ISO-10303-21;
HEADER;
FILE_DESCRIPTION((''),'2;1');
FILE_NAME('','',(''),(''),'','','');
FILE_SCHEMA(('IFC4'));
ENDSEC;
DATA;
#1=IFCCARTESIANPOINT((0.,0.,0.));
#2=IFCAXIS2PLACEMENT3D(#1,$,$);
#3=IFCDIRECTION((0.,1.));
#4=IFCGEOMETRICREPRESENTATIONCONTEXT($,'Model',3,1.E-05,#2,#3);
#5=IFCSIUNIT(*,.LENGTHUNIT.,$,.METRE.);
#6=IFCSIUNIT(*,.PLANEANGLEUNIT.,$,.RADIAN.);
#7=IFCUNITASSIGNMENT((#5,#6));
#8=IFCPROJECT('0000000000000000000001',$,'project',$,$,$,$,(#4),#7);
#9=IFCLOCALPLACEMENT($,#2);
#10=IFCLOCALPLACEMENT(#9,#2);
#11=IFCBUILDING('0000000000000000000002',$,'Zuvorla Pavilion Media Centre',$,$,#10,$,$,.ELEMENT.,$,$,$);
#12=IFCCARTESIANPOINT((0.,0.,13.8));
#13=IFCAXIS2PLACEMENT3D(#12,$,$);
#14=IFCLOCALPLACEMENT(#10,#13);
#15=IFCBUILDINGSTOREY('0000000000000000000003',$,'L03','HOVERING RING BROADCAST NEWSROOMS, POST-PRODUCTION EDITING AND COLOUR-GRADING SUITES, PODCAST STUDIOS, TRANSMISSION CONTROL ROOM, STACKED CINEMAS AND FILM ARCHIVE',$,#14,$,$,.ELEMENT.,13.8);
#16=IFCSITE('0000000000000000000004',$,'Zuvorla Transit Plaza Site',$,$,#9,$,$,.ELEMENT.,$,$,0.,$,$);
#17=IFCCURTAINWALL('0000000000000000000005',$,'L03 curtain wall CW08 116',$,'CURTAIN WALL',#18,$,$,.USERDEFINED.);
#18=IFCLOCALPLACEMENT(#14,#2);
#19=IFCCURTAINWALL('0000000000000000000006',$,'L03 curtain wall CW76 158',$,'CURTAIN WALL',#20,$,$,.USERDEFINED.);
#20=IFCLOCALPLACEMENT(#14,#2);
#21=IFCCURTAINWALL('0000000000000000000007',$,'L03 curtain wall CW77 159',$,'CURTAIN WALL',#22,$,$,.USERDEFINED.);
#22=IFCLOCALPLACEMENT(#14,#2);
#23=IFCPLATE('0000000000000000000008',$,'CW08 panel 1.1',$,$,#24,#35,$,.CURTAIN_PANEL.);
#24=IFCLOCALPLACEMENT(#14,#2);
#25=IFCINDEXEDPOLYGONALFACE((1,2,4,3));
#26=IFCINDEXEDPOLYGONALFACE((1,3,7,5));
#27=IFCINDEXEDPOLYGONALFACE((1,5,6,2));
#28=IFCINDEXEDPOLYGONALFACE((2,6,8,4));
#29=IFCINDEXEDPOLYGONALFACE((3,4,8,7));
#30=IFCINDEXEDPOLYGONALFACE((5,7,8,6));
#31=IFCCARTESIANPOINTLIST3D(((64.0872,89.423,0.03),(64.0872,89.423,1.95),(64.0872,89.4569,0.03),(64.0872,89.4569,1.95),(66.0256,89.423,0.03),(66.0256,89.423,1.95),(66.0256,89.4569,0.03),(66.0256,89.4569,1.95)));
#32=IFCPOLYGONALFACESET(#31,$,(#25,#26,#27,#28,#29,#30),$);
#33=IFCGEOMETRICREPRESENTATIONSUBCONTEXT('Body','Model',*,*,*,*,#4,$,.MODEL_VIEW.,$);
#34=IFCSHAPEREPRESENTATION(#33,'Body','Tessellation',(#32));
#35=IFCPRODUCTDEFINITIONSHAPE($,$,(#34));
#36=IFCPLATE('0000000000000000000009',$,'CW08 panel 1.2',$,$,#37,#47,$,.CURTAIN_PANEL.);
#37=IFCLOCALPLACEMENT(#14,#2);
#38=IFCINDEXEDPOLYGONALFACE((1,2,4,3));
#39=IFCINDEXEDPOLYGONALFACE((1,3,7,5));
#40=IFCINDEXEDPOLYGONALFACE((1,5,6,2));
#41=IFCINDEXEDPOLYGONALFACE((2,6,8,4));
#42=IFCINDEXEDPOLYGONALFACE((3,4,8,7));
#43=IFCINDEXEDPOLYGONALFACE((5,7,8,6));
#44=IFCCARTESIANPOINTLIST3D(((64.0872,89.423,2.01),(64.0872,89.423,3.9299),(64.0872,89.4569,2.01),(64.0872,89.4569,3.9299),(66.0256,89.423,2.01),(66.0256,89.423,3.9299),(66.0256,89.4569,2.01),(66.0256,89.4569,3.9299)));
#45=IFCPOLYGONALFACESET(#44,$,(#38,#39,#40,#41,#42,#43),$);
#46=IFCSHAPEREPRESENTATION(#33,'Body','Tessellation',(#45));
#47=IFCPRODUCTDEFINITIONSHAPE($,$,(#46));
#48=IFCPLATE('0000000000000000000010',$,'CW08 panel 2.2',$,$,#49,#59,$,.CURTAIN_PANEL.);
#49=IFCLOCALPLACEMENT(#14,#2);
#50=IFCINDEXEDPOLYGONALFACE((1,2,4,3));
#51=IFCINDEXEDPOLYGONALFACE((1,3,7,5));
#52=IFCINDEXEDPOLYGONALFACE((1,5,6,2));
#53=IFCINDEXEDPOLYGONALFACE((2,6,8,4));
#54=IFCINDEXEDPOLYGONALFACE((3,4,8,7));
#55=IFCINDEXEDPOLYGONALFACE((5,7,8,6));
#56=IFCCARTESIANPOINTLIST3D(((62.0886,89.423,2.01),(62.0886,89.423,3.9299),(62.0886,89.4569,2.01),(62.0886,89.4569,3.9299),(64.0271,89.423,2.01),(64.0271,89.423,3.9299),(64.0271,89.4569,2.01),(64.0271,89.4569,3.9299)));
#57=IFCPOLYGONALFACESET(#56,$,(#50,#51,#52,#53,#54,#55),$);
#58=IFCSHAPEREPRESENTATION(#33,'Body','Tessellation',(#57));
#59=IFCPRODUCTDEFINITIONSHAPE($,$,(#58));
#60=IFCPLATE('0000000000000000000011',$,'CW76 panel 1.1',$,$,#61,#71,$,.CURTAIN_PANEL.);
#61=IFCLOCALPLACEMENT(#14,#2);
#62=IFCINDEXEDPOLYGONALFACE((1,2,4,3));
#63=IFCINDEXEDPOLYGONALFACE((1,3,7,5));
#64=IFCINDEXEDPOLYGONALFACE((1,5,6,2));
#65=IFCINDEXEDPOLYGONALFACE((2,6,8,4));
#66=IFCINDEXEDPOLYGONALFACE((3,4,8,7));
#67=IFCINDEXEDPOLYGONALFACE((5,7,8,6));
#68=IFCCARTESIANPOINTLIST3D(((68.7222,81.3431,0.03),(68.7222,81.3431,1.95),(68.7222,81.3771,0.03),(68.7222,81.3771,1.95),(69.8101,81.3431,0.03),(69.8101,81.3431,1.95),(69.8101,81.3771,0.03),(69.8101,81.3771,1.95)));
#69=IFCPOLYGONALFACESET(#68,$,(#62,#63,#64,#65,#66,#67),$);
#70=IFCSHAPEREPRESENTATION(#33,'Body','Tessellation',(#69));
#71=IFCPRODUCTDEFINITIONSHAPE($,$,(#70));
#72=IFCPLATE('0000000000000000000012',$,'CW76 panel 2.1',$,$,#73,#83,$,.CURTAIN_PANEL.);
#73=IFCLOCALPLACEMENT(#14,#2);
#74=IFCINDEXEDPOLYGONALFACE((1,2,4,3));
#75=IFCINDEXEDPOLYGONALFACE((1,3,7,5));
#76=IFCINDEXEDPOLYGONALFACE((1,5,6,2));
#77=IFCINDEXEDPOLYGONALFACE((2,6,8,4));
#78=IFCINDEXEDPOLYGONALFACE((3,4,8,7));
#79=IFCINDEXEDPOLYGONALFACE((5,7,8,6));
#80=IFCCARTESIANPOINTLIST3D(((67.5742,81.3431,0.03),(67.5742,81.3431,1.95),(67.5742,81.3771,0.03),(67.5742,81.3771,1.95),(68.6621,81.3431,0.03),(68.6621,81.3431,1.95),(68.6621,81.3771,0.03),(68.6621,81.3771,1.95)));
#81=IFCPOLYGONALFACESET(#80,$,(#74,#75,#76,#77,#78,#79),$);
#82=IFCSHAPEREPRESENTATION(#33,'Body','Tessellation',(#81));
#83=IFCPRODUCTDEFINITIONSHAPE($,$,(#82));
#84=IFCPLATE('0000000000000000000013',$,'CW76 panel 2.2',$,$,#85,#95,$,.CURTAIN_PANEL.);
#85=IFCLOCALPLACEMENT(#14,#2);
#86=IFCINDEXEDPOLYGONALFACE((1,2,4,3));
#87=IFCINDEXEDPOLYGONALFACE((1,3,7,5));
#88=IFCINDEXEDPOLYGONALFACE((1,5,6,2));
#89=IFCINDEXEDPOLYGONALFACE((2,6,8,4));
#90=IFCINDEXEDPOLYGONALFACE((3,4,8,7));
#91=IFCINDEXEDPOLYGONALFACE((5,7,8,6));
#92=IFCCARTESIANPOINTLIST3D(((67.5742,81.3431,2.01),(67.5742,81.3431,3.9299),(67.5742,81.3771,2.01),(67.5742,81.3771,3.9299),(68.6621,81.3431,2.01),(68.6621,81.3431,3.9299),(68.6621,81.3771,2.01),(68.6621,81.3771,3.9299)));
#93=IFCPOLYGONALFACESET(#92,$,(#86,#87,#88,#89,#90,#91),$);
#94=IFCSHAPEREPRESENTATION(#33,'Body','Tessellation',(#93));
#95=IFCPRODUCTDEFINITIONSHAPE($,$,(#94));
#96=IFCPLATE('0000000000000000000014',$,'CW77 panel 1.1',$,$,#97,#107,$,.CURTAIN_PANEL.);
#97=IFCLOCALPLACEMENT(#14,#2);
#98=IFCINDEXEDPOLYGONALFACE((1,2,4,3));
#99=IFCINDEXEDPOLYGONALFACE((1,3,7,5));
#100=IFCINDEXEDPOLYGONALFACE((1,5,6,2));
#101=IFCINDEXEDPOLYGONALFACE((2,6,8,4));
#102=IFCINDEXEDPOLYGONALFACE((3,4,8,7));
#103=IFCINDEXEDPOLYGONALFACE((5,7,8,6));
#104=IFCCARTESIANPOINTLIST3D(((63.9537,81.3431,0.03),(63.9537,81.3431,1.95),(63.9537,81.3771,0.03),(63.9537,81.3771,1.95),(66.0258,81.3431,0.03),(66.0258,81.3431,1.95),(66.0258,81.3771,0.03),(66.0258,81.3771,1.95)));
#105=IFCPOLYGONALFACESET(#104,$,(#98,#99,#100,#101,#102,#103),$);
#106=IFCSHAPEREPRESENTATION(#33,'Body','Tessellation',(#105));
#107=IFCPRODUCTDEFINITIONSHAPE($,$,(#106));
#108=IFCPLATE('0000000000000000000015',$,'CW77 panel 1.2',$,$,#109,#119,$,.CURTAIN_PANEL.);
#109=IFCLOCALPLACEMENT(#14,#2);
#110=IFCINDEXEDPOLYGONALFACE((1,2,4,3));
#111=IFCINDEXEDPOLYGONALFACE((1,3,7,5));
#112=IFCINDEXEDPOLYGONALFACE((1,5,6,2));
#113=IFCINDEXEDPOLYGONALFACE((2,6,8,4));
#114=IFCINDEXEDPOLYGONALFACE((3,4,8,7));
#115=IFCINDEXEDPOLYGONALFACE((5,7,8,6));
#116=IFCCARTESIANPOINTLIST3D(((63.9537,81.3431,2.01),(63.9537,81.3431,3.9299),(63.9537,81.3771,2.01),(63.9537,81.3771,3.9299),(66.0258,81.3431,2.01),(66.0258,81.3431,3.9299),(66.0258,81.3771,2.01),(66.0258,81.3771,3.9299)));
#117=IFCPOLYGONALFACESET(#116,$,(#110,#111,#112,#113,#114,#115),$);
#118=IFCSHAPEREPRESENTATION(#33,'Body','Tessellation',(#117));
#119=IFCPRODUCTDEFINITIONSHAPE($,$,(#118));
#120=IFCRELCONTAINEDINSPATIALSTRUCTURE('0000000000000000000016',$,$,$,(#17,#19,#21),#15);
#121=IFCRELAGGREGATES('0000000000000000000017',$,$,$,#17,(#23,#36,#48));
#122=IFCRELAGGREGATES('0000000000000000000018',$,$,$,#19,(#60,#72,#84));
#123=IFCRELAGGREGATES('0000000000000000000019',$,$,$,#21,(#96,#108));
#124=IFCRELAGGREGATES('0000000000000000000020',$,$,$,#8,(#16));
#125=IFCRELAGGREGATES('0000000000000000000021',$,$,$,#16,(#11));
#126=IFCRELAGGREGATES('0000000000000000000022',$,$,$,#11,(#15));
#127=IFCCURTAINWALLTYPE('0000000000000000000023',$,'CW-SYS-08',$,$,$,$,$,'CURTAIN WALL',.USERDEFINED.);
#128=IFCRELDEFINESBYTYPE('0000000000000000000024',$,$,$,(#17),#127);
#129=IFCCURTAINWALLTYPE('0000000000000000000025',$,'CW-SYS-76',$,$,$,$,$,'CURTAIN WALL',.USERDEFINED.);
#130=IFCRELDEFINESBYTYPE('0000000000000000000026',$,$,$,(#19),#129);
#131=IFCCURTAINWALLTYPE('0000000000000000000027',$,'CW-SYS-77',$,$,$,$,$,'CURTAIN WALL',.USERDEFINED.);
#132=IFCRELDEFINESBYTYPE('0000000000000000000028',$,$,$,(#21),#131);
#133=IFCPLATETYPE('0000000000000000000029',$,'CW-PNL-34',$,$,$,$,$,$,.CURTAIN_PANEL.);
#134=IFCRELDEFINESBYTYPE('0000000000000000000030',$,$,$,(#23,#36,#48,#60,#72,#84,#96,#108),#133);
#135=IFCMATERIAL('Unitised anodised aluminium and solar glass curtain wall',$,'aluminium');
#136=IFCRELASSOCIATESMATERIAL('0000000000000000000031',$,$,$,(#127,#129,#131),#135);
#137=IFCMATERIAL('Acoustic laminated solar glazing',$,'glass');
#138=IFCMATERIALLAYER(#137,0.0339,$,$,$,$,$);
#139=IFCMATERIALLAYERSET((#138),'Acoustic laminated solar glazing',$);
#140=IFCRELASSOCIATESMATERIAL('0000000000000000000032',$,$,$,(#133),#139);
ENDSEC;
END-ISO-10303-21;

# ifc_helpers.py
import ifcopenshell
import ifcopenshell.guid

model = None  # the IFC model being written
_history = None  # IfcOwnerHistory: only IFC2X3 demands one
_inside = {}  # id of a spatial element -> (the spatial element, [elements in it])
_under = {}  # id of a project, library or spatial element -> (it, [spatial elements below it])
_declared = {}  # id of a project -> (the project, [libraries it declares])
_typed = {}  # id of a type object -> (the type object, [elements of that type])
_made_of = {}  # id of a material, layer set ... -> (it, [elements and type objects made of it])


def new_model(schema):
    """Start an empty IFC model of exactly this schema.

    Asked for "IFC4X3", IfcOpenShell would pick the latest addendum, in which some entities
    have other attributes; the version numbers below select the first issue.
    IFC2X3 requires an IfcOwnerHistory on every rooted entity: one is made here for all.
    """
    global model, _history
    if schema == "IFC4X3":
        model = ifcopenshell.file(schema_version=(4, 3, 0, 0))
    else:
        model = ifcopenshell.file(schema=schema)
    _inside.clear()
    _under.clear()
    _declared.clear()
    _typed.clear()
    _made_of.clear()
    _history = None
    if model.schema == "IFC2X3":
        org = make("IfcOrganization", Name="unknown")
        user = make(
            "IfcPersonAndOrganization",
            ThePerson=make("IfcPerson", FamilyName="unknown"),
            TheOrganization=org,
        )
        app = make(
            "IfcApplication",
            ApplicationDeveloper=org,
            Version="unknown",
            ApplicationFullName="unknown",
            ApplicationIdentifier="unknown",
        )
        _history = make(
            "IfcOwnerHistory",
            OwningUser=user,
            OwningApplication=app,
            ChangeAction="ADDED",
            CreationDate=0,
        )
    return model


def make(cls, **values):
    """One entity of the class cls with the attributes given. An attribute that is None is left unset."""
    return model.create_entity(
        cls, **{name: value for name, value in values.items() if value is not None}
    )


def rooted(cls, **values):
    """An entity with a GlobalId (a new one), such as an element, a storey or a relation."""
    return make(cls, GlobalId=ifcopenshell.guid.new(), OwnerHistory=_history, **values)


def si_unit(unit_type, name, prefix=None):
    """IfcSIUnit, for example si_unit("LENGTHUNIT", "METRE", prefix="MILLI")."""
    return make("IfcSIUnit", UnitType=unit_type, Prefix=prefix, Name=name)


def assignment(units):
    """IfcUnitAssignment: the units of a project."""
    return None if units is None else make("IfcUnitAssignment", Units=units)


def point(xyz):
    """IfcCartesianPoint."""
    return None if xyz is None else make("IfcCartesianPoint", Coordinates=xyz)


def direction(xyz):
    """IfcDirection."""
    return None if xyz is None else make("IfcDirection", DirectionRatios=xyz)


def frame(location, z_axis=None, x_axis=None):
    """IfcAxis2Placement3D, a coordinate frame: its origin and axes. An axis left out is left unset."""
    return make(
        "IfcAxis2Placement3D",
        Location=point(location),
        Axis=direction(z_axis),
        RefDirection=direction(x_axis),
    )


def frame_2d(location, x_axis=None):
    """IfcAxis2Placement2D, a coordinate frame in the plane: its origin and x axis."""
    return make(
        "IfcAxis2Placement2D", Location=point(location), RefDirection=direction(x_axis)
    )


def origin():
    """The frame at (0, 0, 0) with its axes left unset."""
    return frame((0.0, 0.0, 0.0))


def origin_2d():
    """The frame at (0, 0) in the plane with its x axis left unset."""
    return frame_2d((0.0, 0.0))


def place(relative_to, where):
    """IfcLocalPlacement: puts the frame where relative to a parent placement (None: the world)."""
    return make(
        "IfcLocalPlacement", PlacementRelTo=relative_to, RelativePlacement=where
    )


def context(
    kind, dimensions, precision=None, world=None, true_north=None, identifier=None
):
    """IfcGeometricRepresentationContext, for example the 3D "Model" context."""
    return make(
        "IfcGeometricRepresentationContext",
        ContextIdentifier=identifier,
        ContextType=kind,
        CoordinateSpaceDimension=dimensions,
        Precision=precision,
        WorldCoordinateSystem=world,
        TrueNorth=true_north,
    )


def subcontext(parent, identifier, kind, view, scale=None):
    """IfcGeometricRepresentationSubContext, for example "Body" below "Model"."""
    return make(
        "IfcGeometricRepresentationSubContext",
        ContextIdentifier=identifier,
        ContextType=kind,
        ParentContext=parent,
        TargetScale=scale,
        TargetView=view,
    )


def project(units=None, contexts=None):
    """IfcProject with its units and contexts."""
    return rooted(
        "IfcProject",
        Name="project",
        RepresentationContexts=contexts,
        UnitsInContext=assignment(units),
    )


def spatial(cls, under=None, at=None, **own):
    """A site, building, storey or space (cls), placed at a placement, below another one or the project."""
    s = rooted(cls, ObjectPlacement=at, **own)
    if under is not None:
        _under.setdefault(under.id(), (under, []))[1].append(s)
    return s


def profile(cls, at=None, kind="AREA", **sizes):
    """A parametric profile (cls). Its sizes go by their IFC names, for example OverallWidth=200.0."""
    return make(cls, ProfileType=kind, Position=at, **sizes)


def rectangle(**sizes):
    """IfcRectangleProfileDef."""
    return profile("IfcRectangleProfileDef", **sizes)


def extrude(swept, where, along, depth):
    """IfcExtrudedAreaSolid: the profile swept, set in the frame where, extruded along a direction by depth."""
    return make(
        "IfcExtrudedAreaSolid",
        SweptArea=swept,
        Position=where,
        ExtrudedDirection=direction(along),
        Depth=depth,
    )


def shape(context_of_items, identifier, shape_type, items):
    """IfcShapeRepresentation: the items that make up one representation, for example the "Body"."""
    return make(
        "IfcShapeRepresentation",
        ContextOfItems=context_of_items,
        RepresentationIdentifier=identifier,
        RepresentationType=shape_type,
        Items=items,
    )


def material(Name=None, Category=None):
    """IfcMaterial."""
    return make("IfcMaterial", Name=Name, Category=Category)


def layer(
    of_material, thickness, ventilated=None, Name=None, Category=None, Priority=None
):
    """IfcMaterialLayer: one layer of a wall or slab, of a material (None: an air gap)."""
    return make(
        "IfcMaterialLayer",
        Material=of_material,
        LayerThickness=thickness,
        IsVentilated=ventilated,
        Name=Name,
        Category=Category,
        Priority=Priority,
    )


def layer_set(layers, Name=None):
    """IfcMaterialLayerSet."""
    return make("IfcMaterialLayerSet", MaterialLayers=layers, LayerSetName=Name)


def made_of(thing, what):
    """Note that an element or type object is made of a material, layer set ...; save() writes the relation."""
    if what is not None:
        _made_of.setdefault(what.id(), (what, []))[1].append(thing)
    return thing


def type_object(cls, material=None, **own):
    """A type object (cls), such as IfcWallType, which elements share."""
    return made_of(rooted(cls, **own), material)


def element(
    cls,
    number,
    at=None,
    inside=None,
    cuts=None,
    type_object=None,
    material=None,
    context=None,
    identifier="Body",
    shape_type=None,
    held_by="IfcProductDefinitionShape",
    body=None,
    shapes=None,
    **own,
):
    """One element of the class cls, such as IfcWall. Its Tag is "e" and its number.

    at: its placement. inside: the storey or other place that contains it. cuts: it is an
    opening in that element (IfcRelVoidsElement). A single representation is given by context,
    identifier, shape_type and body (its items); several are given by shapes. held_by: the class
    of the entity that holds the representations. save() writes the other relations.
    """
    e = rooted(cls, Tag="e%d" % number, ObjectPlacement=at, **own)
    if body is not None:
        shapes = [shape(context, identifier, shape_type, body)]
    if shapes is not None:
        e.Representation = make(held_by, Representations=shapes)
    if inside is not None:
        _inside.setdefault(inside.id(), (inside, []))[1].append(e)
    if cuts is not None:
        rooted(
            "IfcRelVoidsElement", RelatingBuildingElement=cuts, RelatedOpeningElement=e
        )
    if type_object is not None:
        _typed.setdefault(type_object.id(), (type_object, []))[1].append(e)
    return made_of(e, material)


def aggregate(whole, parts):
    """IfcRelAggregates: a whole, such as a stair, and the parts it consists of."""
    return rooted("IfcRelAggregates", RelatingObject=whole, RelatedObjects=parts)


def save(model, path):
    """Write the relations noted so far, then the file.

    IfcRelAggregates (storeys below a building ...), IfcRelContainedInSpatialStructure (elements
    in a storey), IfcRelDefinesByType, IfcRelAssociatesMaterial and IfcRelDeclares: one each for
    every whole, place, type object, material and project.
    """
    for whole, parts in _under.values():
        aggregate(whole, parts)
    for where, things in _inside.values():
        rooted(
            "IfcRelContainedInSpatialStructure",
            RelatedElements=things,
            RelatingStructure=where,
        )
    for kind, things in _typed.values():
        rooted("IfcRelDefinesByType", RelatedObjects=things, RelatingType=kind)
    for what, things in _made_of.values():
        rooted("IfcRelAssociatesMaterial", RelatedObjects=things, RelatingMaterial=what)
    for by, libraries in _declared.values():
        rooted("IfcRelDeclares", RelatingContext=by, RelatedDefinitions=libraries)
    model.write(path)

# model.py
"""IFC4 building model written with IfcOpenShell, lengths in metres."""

from ifc_helpers import new_model, si_unit, direction, frame, origin, origin_2d, place, context, subcontext, project, spatial, rectangle, extrude, material, layer, layer_set, type_object, element, aggregate, save


model = new_model("IFC4")

# Units and contexts
model_context = context("Model", 3, precision=1e-05, world=origin(), true_north=direction((0.0, 1.0)))
body_context = subcontext(model_context, "Body", "Model", "MODEL_VIEW")
ifc_project = project(units=[si_unit("LENGTHUNIT", "METRE"), si_unit("PLANEANGLEUNIT", "RADIAN")], contexts=[model_context])

# Site, building, storey
site_placement = place(None, origin())
site = spatial("IfcSite", under=ifc_project, at=site_placement, Name="Zuvorla Transit Plaza Site", CompositionType="ELEMENT", RefElevation=0.0)
building_placement = place(site_placement, origin())
building = spatial("IfcBuilding", under=site, at=building_placement, Name="Zuvorla Pavilion Media Centre", CompositionType="ELEMENT")
storey_placement = place(building_placement, frame((0.0, 0.0, 13.8)))
storey = spatial("IfcBuildingStorey", under=building, at=storey_placement, Name="L03", Description="HOVERING RING BROADCAST NEWSROOMS, POST-PRODUCTION EDITING AND COLOUR-GRADING SUITES, PODCAST STUDIOS, TRANSMISSION CONTROL ROOM, STACKED CINEMAS AND FILM ARCHIVE", CompositionType="ELEMENT", Elevation=13.8)

# Shared definitions
ifc_material_1 = material(Name="Unitised anodised aluminium and solar glass curtain wall", Category="aluminium")

# Curtain walls
curtain_wall_type_1 = type_object("IfcCurtainWallType", Name="CW-SYS-08", ElementType="CURTAIN WALL", PredefinedType="USERDEFINED", material=ifc_material_1)
curtain_wall_1_placement = place(storey_placement, origin())
curtain_wall_1 = element("IfcCurtainWall", 1, at=curtain_wall_1_placement, inside=storey, type_object=curtain_wall_type_1, Name="L03 curtain wall CW08 116", ObjectType="CURTAIN WALL", PredefinedType="USERDEFINED")
curtain_wall_type_2 = type_object("IfcCurtainWallType", Name="CW-SYS-76", ElementType="CURTAIN WALL", PredefinedType="USERDEFINED", material=ifc_material_1)
curtain_wall_2_placement = place(storey_placement, origin())
curtain_wall_2 = element("IfcCurtainWall", 2, at=curtain_wall_2_placement, inside=storey, type_object=curtain_wall_type_2, Name="L03 curtain wall CW76 158", ObjectType="CURTAIN WALL", PredefinedType="USERDEFINED")
curtain_wall_type_3 = type_object("IfcCurtainWallType", Name="CW-SYS-77", ElementType="CURTAIN WALL", PredefinedType="USERDEFINED", material=ifc_material_1)
curtain_wall_3_placement = place(storey_placement, origin())
curtain_wall_3 = element("IfcCurtainWall", 3, at=curtain_wall_3_placement, inside=storey, type_object=curtain_wall_type_3, Name="L03 curtain wall CW77 159", ObjectType="CURTAIN WALL", PredefinedType="USERDEFINED")

# Plates
ifc_material_2 = material(Name="Acoustic laminated solar glazing", Category="glass")
ifc_layer = layer(ifc_material_2, 0.0339)
ifc_layer_set = layer_set([ifc_layer], Name="Acoustic laminated solar glazing")
plate_type = type_object("IfcPlateType", Name="CW-PNL-34", PredefinedType="CURTAIN_PANEL", material=ifc_layer_set)
plate_1_placement = place(storey_placement, frame((65.0564, 89.4399, 0.03), z_axis=(0.0, 0.0, 1.0), x_axis=(-1.0, 0.0, 0.0)))
plate_1 = element("IfcPlate", 4, at=plate_1_placement, type_object=plate_type, Name="CW08 panel 1.1", PredefinedType="CURTAIN_PANEL", context=body_context, shape_type="SweptSolid", body=[
    extrude(rectangle(XDim=1.9385, YDim=0.0339, at=origin_2d()), origin(), (0.0, 0.0, 1.0), 1.9199),
])
plate_2_placement = place(storey_placement, frame((65.0564, 89.4399, 2.01), z_axis=(0.0, 0.0, 1.0), x_axis=(-1.0, 0.0, 0.0)))
plate_2 = element("IfcPlate", 5, at=plate_2_placement, type_object=plate_type, Name="CW08 panel 1.2", PredefinedType="CURTAIN_PANEL", context=body_context, shape_type="SweptSolid", body=[
    extrude(rectangle(XDim=1.9385, YDim=0.0339, at=origin_2d()), origin(), (0.0, 0.0, 1.0), 1.9199),
])
plate_3_placement = place(storey_placement, frame((63.0579, 89.4399, 2.01), z_axis=(0.0, 0.0, 1.0), x_axis=(-1.0, 0.0, 0.0)))
plate_3 = element("IfcPlate", 6, at=plate_3_placement, type_object=plate_type, Name="CW08 panel 2.2", PredefinedType="CURTAIN_PANEL", context=body_context, shape_type="SweptSolid", body=[
    extrude(rectangle(XDim=1.9385, YDim=0.0339, at=origin_2d()), origin(), (0.0, 0.0, 1.0), 1.9199),
])
aggregate(curtain_wall_1, [plate_1, plate_2, plate_3])
plate_4_placement = place(storey_placement, frame((69.2661, 81.3601, 0.03), z_axis=(0.0, 0.0, 1.0), x_axis=(-1.0, 0.0, 0.0)))
plate_4 = element("IfcPlate", 7, at=plate_4_placement, type_object=plate_type, Name="CW76 panel 1.1", PredefinedType="CURTAIN_PANEL", context=body_context, shape_type="SweptSolid", body=[
    extrude(rectangle(XDim=1.0879, YDim=0.0339, at=origin_2d()), origin(), (0.0, 0.0, 1.0), 1.9199),
])
plate_5_placement = place(storey_placement, frame((68.1182, 81.3601, 0.03), z_axis=(0.0, 0.0, 1.0), x_axis=(-1.0, 0.0, 0.0)))
plate_5 = element("IfcPlate", 8, at=plate_5_placement, type_object=plate_type, Name="CW76 panel 2.1", PredefinedType="CURTAIN_PANEL", context=body_context, shape_type="SweptSolid", body=[
    extrude(rectangle(XDim=1.0879, YDim=0.0339, at=origin_2d()), origin(), (0.0, 0.0, 1.0), 1.9199),
])
plate_6_placement = place(storey_placement, frame((68.1182, 81.3601, 2.01), z_axis=(0.0, 0.0, 1.0), x_axis=(-1.0, 0.0, 0.0)))
plate_6 = element("IfcPlate", 9, at=plate_6_placement, type_object=plate_type, Name="CW76 panel 2.2", PredefinedType="CURTAIN_PANEL", context=body_context, shape_type="SweptSolid", body=[
    extrude(rectangle(XDim=1.0879, YDim=0.0339, at=origin_2d()), origin(), (0.0, 0.0, 1.0), 1.9199),
])
aggregate(curtain_wall_2, [plate_4, plate_5, plate_6])
plate_7_placement = place(storey_placement, frame((64.9897, 81.3601, 0.03), z_axis=(0.0, 0.0, 1.0), x_axis=(-1.0, 0.0, 0.0)))
plate_7 = element("IfcPlate", 10, at=plate_7_placement, type_object=plate_type, Name="CW77 panel 1.1", PredefinedType="CURTAIN_PANEL", context=body_context, shape_type="SweptSolid", body=[
    extrude(rectangle(XDim=2.072, YDim=0.0339, at=origin_2d()), origin(), (0.0, 0.0, 1.0), 1.9199),
])
plate_8_placement = place(storey_placement, frame((64.9897, 81.3601, 2.01), z_axis=(0.0, 0.0, 1.0), x_axis=(-1.0, 0.0, 0.0)))
plate_8 = element("IfcPlate", 11, at=plate_8_placement, type_object=plate_type, Name="CW77 panel 1.2", PredefinedType="CURTAIN_PANEL", context=body_context, shape_type="SweptSolid", body=[
    extrude(rectangle(XDim=2.072, YDim=0.0339, at=origin_2d()), origin(), (0.0, 0.0, 1.0), 1.9199),
])
aggregate(curtain_wall_3, [plate_7, plate_8])

save(model, "model.ifc")
